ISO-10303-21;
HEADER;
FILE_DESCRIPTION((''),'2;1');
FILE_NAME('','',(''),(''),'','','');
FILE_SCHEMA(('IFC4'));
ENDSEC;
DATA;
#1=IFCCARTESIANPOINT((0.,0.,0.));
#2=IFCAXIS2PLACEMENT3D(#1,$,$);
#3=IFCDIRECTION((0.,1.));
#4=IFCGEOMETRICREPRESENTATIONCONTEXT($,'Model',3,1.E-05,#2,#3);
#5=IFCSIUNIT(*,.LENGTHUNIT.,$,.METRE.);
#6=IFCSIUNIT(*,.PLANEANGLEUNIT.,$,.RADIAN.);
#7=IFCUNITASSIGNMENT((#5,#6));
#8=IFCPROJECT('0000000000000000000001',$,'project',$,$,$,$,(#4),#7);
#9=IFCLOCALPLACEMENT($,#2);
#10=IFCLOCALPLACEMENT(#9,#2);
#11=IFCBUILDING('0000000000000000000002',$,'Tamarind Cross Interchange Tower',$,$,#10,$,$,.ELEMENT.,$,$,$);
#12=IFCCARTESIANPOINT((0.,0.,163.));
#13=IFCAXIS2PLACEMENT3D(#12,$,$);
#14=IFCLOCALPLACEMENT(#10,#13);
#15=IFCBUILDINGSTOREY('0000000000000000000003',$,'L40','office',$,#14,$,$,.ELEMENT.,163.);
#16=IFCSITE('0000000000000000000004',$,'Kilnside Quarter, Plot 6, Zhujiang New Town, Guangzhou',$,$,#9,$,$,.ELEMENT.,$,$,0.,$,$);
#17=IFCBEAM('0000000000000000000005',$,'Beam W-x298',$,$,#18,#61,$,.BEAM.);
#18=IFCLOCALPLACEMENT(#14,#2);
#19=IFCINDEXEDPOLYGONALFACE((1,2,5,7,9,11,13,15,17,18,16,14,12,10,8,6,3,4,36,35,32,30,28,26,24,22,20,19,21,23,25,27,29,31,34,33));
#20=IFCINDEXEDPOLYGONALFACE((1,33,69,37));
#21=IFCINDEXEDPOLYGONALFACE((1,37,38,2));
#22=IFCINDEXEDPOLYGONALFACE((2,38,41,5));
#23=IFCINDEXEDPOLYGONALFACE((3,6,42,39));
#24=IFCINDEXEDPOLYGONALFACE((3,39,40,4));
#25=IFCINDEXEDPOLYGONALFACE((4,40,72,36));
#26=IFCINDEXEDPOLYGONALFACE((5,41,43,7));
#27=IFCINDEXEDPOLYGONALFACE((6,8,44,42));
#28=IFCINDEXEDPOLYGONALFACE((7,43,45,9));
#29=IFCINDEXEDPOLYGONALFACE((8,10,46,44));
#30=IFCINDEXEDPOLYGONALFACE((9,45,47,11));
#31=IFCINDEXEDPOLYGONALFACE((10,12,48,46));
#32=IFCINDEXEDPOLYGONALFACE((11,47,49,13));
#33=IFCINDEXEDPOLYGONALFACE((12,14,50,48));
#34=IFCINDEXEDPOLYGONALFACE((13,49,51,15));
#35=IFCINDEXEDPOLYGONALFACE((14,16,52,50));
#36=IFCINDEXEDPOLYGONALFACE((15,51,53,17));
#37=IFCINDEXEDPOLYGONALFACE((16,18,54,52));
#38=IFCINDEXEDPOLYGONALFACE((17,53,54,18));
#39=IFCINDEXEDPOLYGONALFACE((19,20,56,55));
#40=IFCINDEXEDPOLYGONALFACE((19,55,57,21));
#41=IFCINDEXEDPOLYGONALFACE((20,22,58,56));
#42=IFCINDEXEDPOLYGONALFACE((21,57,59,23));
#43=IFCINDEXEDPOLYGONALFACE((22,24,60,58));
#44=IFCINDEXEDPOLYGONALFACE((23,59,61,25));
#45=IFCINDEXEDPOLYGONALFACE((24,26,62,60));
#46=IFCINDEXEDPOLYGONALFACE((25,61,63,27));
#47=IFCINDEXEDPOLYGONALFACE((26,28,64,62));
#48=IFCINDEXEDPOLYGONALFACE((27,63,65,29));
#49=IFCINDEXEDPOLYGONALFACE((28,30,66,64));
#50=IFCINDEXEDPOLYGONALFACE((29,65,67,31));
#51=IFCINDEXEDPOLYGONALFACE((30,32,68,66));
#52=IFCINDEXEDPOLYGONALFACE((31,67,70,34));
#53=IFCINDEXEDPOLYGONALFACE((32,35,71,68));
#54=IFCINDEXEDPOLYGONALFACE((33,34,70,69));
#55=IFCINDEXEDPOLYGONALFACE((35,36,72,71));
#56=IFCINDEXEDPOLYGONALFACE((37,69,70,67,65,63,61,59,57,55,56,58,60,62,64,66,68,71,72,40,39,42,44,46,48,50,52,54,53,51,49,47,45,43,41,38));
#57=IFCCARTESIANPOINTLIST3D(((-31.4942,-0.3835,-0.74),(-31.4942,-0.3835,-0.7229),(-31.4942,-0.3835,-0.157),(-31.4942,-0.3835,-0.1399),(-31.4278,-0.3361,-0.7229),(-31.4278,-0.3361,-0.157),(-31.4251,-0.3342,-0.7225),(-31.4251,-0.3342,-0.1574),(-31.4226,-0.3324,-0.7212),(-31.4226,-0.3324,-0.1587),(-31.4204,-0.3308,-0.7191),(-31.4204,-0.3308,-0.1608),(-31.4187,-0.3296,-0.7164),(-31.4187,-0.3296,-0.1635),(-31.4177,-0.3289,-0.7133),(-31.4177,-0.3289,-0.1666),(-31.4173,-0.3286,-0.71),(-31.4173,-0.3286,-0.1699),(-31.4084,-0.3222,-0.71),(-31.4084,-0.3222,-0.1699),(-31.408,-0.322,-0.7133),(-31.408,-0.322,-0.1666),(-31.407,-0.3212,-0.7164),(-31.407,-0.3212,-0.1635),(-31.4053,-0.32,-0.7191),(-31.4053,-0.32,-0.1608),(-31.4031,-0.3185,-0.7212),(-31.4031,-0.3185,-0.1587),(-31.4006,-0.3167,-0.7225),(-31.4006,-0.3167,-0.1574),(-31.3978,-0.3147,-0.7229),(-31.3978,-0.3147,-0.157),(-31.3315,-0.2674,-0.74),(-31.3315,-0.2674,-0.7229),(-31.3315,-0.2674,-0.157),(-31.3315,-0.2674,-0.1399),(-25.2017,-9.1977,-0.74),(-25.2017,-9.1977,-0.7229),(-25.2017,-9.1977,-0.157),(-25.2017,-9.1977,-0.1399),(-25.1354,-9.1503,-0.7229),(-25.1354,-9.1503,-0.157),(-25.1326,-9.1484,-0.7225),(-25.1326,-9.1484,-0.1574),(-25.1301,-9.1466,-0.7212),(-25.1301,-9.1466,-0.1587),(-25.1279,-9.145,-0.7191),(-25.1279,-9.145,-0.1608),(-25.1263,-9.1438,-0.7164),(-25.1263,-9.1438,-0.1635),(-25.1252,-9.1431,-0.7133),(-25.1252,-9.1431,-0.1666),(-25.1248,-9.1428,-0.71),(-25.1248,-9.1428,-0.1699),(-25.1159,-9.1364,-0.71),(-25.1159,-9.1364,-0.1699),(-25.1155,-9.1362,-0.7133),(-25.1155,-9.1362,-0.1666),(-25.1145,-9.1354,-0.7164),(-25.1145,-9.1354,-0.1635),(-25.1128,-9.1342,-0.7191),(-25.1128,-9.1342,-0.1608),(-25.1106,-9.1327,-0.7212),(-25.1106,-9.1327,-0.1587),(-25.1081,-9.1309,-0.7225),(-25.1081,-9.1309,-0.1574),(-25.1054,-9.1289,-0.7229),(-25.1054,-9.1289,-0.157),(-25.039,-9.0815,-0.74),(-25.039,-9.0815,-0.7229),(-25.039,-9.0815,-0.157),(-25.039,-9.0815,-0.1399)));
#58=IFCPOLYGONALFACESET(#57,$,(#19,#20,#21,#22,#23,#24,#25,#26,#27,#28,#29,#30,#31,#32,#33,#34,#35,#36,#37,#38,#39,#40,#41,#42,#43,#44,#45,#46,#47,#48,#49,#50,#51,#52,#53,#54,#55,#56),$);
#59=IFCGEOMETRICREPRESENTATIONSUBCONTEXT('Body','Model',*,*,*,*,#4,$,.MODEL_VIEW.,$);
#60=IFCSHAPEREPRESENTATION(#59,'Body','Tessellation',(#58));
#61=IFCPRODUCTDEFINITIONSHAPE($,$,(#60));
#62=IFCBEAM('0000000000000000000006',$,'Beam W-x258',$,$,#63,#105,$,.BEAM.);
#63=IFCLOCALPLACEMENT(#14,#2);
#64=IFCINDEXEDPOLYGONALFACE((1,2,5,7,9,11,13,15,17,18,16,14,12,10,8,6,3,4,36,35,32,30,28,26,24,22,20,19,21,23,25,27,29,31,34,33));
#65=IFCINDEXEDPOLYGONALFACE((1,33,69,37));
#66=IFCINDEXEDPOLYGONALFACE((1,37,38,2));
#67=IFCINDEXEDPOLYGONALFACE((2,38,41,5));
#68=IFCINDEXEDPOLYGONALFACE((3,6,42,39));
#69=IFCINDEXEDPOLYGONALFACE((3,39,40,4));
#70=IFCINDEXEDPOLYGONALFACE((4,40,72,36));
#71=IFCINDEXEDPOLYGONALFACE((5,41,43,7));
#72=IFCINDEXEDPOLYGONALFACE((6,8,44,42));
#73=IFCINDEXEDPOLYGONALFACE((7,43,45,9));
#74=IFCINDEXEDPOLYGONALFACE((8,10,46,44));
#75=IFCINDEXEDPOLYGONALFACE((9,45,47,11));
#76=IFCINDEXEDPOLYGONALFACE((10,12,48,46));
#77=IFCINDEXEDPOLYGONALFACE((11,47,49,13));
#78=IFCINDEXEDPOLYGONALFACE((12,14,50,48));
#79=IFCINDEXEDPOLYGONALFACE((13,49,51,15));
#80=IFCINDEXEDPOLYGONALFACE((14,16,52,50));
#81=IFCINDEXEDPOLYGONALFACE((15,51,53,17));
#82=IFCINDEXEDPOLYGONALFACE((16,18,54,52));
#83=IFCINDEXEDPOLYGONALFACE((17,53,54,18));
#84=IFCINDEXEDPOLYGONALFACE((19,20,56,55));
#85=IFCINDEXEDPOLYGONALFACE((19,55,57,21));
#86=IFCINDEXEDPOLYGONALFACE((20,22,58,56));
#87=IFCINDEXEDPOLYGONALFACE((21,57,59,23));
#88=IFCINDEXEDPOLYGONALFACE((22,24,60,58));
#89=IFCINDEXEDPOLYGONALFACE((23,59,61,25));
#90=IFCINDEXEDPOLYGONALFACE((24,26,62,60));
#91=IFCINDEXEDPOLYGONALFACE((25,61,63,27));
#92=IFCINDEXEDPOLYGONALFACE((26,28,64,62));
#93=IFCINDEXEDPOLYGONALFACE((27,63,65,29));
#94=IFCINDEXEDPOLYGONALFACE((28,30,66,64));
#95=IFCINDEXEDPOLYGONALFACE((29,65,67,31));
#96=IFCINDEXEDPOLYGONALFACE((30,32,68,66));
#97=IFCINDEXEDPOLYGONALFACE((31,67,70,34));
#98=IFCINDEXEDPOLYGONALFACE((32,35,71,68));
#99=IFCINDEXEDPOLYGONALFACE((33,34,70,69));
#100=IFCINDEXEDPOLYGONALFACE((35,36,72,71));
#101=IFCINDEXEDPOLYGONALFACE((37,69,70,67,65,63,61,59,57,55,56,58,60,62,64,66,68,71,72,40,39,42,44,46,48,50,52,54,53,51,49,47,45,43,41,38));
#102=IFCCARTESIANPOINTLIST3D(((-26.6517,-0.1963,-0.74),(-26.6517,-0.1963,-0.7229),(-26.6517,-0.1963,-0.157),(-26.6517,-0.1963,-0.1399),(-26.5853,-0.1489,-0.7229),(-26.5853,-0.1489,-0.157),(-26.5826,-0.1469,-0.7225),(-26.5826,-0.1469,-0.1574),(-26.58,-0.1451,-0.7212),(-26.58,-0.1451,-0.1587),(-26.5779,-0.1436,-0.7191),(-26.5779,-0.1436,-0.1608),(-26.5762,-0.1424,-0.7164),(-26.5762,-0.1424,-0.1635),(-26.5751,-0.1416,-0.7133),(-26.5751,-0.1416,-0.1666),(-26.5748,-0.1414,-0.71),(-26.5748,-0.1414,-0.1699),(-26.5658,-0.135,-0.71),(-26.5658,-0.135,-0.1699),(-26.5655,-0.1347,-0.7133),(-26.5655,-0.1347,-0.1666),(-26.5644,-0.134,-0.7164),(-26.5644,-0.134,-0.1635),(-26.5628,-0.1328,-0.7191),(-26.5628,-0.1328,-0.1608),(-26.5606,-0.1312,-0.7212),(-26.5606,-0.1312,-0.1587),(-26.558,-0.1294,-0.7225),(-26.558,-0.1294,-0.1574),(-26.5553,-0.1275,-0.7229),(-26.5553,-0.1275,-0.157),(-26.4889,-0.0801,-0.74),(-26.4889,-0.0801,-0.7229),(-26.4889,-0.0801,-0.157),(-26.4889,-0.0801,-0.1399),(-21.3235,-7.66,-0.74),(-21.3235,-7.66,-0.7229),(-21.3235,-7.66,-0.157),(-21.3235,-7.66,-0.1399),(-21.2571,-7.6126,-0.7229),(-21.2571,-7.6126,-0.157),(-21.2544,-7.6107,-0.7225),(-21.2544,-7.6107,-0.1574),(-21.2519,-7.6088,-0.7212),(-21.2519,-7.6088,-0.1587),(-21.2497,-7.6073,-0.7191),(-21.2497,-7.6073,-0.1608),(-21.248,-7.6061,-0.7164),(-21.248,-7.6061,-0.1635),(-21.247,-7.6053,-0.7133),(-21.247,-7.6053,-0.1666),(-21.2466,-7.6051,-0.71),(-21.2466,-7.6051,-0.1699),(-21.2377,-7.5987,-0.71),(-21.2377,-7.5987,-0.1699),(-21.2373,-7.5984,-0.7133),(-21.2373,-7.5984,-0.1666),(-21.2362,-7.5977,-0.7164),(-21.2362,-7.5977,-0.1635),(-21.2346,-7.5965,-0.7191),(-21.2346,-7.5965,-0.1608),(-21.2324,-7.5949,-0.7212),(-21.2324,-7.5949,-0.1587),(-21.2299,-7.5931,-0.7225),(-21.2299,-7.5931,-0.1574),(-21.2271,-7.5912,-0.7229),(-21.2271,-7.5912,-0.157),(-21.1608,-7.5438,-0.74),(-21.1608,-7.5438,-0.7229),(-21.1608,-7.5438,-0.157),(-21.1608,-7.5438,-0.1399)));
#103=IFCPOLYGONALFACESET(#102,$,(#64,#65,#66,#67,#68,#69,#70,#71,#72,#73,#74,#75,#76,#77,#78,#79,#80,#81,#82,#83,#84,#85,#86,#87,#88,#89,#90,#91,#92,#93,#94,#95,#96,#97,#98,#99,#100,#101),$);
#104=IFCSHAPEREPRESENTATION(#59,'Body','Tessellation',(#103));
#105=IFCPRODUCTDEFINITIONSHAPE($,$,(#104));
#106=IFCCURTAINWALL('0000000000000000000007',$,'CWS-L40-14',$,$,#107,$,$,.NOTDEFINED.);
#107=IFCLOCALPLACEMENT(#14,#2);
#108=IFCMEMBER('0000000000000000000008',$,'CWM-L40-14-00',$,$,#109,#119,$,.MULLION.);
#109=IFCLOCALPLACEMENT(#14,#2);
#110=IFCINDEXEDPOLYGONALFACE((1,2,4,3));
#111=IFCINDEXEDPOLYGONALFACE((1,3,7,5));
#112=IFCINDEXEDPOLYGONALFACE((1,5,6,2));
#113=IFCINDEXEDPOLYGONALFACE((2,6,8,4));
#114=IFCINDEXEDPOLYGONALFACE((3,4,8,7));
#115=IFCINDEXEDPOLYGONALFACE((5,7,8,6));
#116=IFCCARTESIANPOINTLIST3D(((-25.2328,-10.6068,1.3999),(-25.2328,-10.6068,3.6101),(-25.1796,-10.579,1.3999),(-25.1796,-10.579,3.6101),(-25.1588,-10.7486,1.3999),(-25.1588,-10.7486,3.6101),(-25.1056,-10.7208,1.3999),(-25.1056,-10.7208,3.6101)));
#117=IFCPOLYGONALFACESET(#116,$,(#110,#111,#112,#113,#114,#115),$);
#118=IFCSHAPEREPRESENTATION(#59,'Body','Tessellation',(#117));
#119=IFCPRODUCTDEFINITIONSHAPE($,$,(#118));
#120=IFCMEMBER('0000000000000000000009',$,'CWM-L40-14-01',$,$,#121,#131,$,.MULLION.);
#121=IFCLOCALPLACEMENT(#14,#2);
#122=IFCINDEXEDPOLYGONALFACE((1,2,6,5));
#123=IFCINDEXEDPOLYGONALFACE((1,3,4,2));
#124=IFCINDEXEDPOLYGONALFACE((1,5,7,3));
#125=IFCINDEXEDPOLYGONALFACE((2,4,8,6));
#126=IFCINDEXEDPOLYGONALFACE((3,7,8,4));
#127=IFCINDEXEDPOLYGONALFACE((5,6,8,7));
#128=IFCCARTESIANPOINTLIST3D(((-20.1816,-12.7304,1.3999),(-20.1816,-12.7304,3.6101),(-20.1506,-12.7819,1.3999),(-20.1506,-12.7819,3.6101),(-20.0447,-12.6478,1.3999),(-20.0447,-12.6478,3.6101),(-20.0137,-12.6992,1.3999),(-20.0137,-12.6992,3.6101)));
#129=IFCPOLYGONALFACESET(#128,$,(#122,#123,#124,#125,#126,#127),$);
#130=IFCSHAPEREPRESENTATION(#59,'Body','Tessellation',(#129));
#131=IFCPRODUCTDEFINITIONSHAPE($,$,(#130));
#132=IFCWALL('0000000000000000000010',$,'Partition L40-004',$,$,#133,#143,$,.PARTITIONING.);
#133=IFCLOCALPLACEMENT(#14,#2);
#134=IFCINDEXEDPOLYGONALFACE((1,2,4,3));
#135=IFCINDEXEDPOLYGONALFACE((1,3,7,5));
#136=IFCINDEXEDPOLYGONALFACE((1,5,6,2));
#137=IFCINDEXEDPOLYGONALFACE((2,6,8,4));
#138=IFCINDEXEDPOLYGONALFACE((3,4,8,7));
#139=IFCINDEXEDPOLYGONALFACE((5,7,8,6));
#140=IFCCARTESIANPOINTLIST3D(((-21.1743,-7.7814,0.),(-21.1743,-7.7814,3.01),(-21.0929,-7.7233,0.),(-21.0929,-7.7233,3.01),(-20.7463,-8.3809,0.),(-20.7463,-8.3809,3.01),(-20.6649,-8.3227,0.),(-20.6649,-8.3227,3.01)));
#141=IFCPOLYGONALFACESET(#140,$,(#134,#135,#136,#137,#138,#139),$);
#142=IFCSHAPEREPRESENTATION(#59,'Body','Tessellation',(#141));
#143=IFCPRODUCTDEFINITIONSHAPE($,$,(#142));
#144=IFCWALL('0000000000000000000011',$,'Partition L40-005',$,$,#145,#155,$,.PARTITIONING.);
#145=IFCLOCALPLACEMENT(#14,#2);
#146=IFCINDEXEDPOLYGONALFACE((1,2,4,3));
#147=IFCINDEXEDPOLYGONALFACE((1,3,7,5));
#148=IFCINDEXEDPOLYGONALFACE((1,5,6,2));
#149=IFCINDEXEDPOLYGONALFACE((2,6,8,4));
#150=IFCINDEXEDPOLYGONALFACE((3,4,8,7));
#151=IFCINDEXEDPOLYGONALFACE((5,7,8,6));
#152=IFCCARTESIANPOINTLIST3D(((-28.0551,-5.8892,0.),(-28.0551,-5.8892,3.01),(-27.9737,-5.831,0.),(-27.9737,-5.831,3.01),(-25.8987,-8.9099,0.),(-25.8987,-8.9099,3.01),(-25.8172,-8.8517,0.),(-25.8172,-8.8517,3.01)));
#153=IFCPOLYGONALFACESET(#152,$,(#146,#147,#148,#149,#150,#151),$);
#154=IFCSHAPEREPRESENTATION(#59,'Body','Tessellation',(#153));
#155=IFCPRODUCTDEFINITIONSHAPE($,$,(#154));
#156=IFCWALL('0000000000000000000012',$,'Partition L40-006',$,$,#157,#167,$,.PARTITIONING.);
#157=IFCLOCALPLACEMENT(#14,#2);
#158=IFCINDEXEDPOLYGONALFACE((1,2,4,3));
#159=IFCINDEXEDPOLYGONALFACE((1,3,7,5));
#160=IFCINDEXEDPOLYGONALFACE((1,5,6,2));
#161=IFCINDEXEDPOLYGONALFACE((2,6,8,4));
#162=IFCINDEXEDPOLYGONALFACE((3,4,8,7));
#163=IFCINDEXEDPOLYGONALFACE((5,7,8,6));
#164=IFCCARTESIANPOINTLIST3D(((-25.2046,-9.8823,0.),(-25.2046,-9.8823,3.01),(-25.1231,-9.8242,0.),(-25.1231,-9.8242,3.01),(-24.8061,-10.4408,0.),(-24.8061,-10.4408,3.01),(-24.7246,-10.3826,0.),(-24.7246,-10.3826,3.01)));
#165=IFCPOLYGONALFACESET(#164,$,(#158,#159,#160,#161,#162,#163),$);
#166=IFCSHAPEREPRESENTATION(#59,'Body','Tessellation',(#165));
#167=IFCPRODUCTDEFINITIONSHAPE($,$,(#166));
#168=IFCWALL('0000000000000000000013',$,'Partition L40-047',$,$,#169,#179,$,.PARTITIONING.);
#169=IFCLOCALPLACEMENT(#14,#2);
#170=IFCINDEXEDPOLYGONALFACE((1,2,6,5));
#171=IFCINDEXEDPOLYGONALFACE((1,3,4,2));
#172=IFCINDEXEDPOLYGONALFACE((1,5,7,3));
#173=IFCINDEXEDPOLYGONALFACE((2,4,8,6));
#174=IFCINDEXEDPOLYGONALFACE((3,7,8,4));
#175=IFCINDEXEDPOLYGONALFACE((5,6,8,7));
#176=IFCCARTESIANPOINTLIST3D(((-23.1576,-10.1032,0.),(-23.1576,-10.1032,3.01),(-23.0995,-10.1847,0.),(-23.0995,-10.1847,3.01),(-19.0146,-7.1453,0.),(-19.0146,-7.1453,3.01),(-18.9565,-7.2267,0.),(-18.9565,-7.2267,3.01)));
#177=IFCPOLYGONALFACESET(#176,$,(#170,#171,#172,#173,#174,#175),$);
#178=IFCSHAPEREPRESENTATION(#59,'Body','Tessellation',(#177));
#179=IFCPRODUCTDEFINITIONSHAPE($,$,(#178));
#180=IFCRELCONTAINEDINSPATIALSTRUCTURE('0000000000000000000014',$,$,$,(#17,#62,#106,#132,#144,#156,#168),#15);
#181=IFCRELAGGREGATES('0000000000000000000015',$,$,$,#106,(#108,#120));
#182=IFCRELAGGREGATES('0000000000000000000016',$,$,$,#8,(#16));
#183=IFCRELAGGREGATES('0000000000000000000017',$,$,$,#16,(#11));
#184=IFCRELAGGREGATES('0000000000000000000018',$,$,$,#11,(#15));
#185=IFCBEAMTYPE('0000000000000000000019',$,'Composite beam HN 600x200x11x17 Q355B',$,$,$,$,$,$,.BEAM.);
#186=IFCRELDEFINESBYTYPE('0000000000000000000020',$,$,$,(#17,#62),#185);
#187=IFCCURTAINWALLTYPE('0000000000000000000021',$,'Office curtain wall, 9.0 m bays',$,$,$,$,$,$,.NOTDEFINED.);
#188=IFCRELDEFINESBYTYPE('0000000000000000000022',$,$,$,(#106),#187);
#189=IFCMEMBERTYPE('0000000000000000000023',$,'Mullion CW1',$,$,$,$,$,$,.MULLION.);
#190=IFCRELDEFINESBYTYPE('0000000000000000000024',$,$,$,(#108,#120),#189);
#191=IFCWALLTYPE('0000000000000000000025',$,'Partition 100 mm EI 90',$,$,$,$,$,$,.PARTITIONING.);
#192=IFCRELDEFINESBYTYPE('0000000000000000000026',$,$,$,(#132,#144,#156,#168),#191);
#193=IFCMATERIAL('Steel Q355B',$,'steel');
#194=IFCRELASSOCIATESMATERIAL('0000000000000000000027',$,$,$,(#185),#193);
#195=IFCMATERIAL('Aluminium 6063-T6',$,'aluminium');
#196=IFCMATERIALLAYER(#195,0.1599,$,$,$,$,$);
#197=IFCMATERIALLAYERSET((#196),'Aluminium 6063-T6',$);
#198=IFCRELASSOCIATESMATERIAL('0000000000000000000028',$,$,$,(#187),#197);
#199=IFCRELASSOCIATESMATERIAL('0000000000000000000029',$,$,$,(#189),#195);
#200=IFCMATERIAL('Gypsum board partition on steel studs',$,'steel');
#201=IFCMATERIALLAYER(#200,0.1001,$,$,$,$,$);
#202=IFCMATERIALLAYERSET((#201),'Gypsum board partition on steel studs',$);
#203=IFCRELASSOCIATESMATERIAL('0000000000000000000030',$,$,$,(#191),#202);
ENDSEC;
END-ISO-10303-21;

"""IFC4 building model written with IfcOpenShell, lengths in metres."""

from ifc_helpers import new_model, si_unit, direction, frame, frame_2d, origin, origin_2d, place, context, subcontext, project, spatial, rectangle, i_section, extrude, material, layer, layer_set, material_profile, profile_set, type_object, element, aggregate, save


model = new_model("IFC4")

# Units and contexts
model_context = context("Model", 3, precision=1e-05, world=origin(), true_north=direction((0.0, 1.0)))
body_context = subcontext(model_context, "Body", "Model", "MODEL_VIEW")
ifc_project = project(units=[si_unit("LENGTHUNIT", "METRE"), si_unit("PLANEANGLEUNIT", "RADIAN")], contexts=[model_context])

# Site, building, storey
site_placement = place(None, origin())
site = spatial("IfcSite", under=ifc_project, at=site_placement, Name="Kilnside Quarter, Plot 6, Zhujiang New Town, Guangzhou", CompositionType="ELEMENT", RefElevation=0.0)
building_placement = place(site_placement, origin())
building = spatial("IfcBuilding", under=site, at=building_placement, Name="Tamarind Cross Interchange Tower", CompositionType="ELEMENT")
storey_placement = place(building_placement, frame((0.0, 0.0, 163.0)))
storey = spatial("IfcBuildingStorey", under=building, at=storey_placement, Name="L40", Description="office", CompositionType="ELEMENT", Elevation=163.0)

# Beams
ifc_material_1 = material(Name="Steel Q355B", Category="steel")
ifc_material_profile_1 = material_profile(ifc_material_1, i_section(OverallWidth=0.2, OverallDepth=0.6001, WebThickness=0.011, FlangeThickness=0.0171, FilletRadius=0.0129, at=origin_2d()), Name="HN 600x200x11x17")
ifc_profile_set_1 = profile_set([ifc_material_profile_1], Name="Steel Q355B")
beam_type_1 = type_object("IfcBeamType", Name="Composite beam HN 600x200x11x17 Q355B", PredefinedType="BEAM", material=ifc_profile_set_1)
beam_1_placement = place(storey_placement, frame((-31.4128, -0.3254, -0.4399), z_axis=(0.581031, -0.813881, 0.0), x_axis=(0.813881, 0.581031, 0.0)))
element("IfcBeam", 1, at=beam_1_placement, inside=storey, type_object=beam_type_1, Name="Beam W-x298", PredefinedType="BEAM", context=body_context, shape_type="SweptSolid", body=[
    extrude(i_section(OverallWidth=0.2, OverallDepth=0.6001, WebThickness=0.011, FlangeThickness=0.0171, FilletRadius=0.0129, at=origin_2d()), origin(), (0.0, 0.0, 1.0), 10.8298),
])
beam_2_placement = place(storey_placement, frame((-26.5703, -0.1382, -0.4399), z_axis=(0.581019, -0.81389, 0.0), x_axis=(0.81389, 0.581019, 0.0)))
element("IfcBeam", 2, at=beam_2_placement, inside=storey, type_object=beam_type_1, Name="Beam W-x258", PredefinedType="BEAM", context=body_context, shape_type="SweptSolid", body=[
    extrude(i_section(OverallWidth=0.2, OverallDepth=0.6001, WebThickness=0.011, FlangeThickness=0.0171, FilletRadius=0.0129, at=origin_2d()), origin(), (0.0, 0.0, 1.0), 9.1704),
])

# Curtain wall, members
ifc_material_2 = material(Name="Aluminium 6063-T6", Category="aluminium")
ifc_layer_1 = layer(ifc_material_2, 0.1599)
ifc_layer_set_1 = layer_set([ifc_layer_1], Name="Aluminium 6063-T6")
curtain_wall_type = type_object("IfcCurtainWallType", Name="Office curtain wall, 9.0 m bays", PredefinedType="NOTDEFINED", material=ifc_layer_set_1)
curtain_wall_placement = place(storey_placement, origin())
curtain_wall = element("IfcCurtainWall", 3, at=curtain_wall_placement, inside=storey, type_object=curtain_wall_type, Name="CWS-L40-14", PredefinedType="NOTDEFINED")
ifc_material_profile_2 = material_profile(ifc_material_2, rectangle(XDim=0.0601, YDim=0.1599, at=origin_2d()), Name="Mullion CW1")
ifc_profile_set_2 = profile_set([ifc_material_profile_2], Name="Aluminium 6063-T6")
member_type = type_object("IfcMemberType", Name="Mullion CW1", PredefinedType="MULLION", material=ifc_profile_set_2)
member_1_placement = place(storey_placement, frame((-25.1692, -10.6638, 1.3999), z_axis=(0.0, 0.0, 1.0), x_axis=(0.886504, 0.462721, 0.0)))
member_1 = element("IfcMember", 4, at=member_1_placement, type_object=member_type, Name="CWM-L40-14-00", PredefinedType="MULLION", context=body_context, shape_type="SweptSolid", body=[
    extrude(rectangle(XDim=0.0601, YDim=0.1599, at=origin_2d()), origin(), (0.0, 0.0, 1.0), 2.2102),
])
member_2_placement = place(storey_placement, frame((-20.0977, -12.7148, 1.3999), z_axis=(0.0, 0.0, 1.0), x_axis=(0.516717, -0.856156, 0.0)))
member_2 = element("IfcMember", 5, at=member_2_placement, type_object=member_type, Name="CWM-L40-14-01", PredefinedType="MULLION", context=body_context, shape_type="SweptSolid", body=[
    extrude(rectangle(XDim=0.0601, YDim=0.1599, at=origin_2d()), origin(), (0.0, 0.0, 1.0), 2.2102),
])
aggregate(curtain_wall, [member_1, member_2])

# Walls
ifc_material_3 = material(Name="Gypsum board partition on steel studs", Category="steel")
ifc_layer_2 = layer(ifc_material_3, 0.1001)
ifc_layer_set_2 = layer_set([ifc_layer_2], Name="Gypsum board partition on steel studs")
wall_type_1 = type_object("IfcWallType", Name="Partition 100 mm EI 90", PredefinedType="PARTITIONING", material=ifc_layer_set_2)
wall_1_placement = place(storey_placement, frame((-21.1335, -7.7524, 0.0), z_axis=(0.0, 0.0, 1.0), x_axis=(0.581113, -0.813823, 0.0)))
element("IfcWall", 6, at=wall_1_placement, inside=storey, type_object=wall_type_1, Name="Partition L40-004", PredefinedType="PARTITIONING", context=body_context, shape_type="SweptSolid", body=[
    extrude(rectangle(XDim=0.7366, YDim=0.1001, at=frame_2d((0.3682, 0.0))), origin(), (0.0, 0.0, 1.0), 3.01),
])
wall_2_placement = place(storey_placement, frame((-28.0144, -5.8601, 0.0), z_axis=(0.0, 0.0, 1.0), x_axis=(0.581027, -0.813885, 0.0)))
element("IfcWall", 7, at=wall_2_placement, inside=storey, type_object=wall_type_1, Name="Partition L40-005", PredefinedType="PARTITIONING", context=body_context, shape_type="SweptSolid", body=[
    extrude(rectangle(XDim=3.7114, YDim=0.1001, at=frame_2d((1.8557, 0.0))), origin(), (0.0, 0.0, 1.0), 3.01),
])
wall_3_placement = place(storey_placement, frame((-25.1638, -9.8533, 0.0), z_axis=(0.0, 0.0, 1.0), x_axis=(0.580868, -0.813998, 0.0)))
element("IfcWall", 8, at=wall_3_placement, inside=storey, type_object=wall_type_1, Name="Partition L40-006", PredefinedType="PARTITIONING", context=body_context, shape_type="SweptSolid", body=[
    extrude(rectangle(XDim=0.686, YDim=0.1001, at=frame_2d((0.343, 0.0))), origin(), (0.0, 0.0, 1.0), 3.01),
])
wall_4_placement = place(storey_placement, frame((-23.1287, -10.144, 0.0), z_axis=(0.0, 0.0, 1.0), x_axis=(0.813857, 0.581066, 0.0)))
element("IfcWall", 9, at=wall_4_placement, inside=storey, type_object=wall_type_1, Name="Partition L40-047", PredefinedType="PARTITIONING", context=body_context, shape_type="SweptSolid", body=[
    extrude(rectangle(XDim=5.0906, YDim=0.1001, at=frame_2d((2.5454, 0.0))), origin(), (0.0, 0.0, 1.0), 3.01),
])

save(model, "model.ifc")
